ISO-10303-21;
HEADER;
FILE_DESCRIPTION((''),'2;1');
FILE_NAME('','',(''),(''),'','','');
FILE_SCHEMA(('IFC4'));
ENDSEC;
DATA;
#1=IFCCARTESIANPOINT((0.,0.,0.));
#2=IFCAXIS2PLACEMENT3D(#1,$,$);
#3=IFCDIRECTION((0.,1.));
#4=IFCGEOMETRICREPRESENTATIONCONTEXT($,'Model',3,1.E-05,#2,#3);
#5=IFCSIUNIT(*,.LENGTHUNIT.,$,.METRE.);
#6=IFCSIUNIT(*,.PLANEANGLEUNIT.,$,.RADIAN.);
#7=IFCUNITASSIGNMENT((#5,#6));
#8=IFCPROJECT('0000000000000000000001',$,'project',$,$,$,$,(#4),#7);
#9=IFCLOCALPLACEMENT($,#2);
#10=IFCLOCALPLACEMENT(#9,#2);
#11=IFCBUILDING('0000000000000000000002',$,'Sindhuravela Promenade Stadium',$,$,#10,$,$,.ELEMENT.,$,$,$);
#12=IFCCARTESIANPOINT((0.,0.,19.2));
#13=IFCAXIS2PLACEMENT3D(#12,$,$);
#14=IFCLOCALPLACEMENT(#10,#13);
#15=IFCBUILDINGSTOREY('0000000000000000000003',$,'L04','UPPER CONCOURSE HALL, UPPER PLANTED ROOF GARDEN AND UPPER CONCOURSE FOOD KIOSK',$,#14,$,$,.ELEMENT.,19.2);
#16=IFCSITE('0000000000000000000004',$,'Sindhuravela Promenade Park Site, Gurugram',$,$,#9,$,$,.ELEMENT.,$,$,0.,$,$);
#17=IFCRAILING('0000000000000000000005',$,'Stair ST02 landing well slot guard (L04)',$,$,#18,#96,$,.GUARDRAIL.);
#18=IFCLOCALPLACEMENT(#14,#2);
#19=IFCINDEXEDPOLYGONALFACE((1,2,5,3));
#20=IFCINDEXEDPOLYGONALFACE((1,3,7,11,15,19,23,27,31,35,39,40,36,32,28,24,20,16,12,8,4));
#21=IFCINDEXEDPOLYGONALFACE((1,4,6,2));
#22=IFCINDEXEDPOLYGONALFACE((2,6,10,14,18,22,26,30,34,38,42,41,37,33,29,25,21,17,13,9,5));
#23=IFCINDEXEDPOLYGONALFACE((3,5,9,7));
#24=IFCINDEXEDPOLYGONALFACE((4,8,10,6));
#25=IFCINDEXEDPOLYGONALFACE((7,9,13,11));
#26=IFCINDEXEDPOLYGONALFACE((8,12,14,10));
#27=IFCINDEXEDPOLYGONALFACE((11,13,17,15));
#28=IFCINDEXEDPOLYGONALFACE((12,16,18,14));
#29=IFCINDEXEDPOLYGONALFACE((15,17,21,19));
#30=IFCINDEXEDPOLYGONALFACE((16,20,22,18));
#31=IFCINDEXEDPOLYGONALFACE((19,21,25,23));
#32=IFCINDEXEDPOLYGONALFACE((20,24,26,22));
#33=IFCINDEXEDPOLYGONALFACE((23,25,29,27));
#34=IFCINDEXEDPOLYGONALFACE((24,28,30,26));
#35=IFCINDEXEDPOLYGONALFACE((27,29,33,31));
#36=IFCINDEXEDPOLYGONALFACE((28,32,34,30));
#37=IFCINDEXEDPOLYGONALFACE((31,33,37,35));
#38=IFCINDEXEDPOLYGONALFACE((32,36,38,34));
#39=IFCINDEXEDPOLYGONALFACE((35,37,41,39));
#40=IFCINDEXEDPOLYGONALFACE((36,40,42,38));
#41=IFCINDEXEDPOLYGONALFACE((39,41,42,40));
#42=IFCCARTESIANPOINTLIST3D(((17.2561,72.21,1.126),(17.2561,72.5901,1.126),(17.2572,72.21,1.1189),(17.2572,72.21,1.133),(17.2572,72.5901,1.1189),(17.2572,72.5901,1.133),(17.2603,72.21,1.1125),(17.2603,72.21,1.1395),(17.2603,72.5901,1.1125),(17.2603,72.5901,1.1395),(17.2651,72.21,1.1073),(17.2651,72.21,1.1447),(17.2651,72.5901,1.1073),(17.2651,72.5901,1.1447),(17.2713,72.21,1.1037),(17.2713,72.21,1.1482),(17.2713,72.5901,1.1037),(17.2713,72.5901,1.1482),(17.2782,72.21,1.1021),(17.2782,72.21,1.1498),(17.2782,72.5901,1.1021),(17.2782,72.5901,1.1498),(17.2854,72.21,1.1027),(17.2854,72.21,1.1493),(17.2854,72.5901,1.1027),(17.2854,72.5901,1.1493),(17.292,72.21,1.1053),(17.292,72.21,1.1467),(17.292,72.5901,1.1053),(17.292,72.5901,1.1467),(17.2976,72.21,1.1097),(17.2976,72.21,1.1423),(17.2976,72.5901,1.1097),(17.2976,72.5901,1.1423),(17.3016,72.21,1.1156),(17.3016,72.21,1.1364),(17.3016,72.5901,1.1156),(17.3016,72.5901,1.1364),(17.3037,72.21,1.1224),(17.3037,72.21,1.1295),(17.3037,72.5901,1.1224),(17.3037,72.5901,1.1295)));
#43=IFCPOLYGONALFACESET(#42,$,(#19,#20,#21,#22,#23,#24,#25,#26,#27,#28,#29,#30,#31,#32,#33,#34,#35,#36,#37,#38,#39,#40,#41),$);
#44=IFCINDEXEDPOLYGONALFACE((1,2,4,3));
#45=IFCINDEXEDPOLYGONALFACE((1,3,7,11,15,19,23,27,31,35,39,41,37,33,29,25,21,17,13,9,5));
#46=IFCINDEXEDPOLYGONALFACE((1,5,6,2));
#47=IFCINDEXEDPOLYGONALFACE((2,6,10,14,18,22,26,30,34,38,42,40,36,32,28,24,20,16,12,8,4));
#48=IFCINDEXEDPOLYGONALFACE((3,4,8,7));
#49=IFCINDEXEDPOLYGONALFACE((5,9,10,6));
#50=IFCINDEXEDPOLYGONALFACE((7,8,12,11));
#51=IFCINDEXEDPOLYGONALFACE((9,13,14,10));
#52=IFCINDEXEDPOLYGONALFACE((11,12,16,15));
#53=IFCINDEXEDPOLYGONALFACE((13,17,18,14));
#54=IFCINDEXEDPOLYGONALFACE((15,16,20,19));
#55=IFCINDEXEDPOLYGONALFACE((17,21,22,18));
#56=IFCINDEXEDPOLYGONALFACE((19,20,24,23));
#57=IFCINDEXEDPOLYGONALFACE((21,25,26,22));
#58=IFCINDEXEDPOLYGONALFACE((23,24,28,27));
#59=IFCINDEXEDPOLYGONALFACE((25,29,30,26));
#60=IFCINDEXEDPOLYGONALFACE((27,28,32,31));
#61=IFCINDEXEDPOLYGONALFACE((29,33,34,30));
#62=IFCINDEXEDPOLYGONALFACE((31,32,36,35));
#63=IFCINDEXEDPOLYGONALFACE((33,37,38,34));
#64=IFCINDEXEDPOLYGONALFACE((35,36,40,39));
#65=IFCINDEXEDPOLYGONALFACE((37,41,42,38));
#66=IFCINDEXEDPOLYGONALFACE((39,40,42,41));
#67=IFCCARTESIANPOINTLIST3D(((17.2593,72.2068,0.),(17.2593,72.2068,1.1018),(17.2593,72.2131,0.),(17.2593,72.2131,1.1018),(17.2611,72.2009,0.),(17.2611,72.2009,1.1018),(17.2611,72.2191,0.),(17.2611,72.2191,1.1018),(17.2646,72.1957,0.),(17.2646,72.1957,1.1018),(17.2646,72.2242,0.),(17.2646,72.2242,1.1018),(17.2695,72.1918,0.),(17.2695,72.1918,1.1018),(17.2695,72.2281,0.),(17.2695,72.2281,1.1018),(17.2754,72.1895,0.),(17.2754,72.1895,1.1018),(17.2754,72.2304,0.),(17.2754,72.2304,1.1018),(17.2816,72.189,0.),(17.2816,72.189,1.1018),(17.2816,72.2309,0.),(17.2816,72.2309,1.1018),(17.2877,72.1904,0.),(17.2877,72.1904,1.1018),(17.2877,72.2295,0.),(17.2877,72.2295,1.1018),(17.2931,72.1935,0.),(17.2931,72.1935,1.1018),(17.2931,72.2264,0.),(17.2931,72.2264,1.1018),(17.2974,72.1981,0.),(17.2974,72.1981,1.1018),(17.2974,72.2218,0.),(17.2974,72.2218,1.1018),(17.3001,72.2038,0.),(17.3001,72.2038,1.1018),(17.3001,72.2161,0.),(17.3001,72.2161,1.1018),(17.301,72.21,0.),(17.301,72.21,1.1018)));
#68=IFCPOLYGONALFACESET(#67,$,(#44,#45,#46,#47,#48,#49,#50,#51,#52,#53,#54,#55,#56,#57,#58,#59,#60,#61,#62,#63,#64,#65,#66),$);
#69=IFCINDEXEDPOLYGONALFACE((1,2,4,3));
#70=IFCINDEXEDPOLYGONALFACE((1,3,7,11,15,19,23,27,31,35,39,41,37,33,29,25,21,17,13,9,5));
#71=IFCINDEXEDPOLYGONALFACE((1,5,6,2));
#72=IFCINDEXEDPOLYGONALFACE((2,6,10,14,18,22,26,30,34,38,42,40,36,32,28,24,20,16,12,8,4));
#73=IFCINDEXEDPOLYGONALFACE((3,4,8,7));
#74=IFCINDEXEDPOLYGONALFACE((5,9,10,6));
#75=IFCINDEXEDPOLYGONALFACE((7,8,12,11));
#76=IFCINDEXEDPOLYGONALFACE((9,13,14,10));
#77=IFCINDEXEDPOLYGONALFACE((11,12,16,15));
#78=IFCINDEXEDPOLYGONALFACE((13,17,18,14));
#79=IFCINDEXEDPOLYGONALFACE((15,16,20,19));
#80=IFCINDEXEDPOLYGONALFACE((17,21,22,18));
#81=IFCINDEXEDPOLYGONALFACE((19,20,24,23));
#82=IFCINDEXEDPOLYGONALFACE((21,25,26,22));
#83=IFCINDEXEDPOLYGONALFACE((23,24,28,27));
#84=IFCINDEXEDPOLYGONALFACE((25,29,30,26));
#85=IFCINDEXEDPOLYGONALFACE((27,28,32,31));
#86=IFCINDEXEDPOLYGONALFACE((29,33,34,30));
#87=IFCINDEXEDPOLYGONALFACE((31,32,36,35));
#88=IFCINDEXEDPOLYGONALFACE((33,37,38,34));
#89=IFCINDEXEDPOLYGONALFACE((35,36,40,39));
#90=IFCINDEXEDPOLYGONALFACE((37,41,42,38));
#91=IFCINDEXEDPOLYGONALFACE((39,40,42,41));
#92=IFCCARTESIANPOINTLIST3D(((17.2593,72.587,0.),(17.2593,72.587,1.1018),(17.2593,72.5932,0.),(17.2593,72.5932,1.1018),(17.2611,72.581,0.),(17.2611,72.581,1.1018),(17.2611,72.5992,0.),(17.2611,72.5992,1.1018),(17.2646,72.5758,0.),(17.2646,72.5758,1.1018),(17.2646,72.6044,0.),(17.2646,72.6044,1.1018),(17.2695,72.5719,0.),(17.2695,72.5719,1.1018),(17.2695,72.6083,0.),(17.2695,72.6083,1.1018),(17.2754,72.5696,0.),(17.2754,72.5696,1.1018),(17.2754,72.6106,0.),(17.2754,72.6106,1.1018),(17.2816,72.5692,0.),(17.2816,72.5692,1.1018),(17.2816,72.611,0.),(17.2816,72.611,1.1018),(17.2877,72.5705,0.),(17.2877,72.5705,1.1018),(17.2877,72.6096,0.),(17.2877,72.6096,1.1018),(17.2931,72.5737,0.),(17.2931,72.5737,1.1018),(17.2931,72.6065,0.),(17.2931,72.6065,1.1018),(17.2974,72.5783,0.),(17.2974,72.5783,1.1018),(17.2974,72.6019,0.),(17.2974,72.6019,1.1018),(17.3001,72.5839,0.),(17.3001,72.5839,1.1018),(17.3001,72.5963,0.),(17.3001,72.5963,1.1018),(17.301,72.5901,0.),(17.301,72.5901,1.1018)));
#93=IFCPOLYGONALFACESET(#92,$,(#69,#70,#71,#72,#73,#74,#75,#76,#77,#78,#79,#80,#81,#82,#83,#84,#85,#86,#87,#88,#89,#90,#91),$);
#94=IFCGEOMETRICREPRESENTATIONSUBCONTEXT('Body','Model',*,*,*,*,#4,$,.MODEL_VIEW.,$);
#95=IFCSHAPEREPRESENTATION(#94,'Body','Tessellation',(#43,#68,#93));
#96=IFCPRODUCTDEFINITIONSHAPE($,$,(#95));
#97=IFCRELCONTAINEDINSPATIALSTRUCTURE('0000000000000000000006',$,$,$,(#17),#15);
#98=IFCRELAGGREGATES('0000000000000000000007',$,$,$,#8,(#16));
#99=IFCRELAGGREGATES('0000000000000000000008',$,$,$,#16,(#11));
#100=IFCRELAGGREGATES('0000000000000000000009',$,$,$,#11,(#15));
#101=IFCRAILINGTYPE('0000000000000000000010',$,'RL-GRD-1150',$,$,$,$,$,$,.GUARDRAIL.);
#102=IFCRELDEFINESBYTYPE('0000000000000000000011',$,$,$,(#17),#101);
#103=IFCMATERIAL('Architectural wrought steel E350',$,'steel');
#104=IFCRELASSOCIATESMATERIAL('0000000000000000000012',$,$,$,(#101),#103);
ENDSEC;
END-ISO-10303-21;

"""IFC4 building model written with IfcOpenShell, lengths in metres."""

from ifc_helpers import new_model, si_unit, direction, frame, origin, origin_2d, place, context, subcontext, project, spatial, circle, extrude, material, type_object, element, save


model = new_model("IFC4")

# Units and contexts
model_context = context("Model", 3, precision=1e-05, world=origin(), true_north=direction((0.0, 1.0)))
body_context = subcontext(model_context, "Body", "Model", "MODEL_VIEW")
ifc_project = project(units=[si_unit("LENGTHUNIT", "METRE"), si_unit("PLANEANGLEUNIT", "RADIAN")], contexts=[model_context])

# Site, building, storey
site_placement = place(None, origin())
site = spatial("IfcSite", under=ifc_project, at=site_placement, Name="Sindhuravela Promenade Park Site, Gurugram", CompositionType="ELEMENT", RefElevation=0.0)
building_placement = place(site_placement, origin())
building = spatial("IfcBuilding", under=site, at=building_placement, Name="Sindhuravela Promenade Stadium", CompositionType="ELEMENT")
storey_placement = place(building_placement, frame((0.0, 0.0, 19.2)))
storey = spatial("IfcBuildingStorey", under=building, at=storey_placement, Name="L04", Description="UPPER CONCOURSE HALL, UPPER PLANTED ROOF GARDEN AND UPPER CONCOURSE FOOD KIOSK", CompositionType="ELEMENT", Elevation=19.2)

# Shared definitions
ifc_material_1 = material(Name="Architectural wrought steel E350", Category="steel")

# Railing
railing_type_1 = type_object("IfcRailingType", Name="RL-GRD-1150", PredefinedType="GUARDRAIL", material=ifc_material_1)
railing_1_placement = place(storey_placement, frame((17.28, 72.21, 0.0)))
element("IfcRailing", 1, at=railing_1_placement, inside=storey, type_object=railing_type_1, Name="Stair ST02 landing well slot guard (L04)", PredefinedType="GUARDRAIL", context=body_context, shape_type="SweptSolid", body=[
    extrude(circle(Radius=0.0239, at=origin_2d()), frame((0.0, 0.0, 1.126), z_axis=(0.0, 1.0, 0.0), x_axis=(-1.0, 0.0, 0.0)), (0.0, 0.0, 1.0), 0.3801),
    extrude(circle(Radius=0.021, at=origin_2d()), origin(), (0.0, 0.0, 1.0), 1.1018),
    extrude(circle(Radius=0.021, at=origin_2d()), frame((0.0, 0.3801, 0.0)), (0.0, 0.0, 1.0), 1.1018),
])

save(model, "model.ifc")
